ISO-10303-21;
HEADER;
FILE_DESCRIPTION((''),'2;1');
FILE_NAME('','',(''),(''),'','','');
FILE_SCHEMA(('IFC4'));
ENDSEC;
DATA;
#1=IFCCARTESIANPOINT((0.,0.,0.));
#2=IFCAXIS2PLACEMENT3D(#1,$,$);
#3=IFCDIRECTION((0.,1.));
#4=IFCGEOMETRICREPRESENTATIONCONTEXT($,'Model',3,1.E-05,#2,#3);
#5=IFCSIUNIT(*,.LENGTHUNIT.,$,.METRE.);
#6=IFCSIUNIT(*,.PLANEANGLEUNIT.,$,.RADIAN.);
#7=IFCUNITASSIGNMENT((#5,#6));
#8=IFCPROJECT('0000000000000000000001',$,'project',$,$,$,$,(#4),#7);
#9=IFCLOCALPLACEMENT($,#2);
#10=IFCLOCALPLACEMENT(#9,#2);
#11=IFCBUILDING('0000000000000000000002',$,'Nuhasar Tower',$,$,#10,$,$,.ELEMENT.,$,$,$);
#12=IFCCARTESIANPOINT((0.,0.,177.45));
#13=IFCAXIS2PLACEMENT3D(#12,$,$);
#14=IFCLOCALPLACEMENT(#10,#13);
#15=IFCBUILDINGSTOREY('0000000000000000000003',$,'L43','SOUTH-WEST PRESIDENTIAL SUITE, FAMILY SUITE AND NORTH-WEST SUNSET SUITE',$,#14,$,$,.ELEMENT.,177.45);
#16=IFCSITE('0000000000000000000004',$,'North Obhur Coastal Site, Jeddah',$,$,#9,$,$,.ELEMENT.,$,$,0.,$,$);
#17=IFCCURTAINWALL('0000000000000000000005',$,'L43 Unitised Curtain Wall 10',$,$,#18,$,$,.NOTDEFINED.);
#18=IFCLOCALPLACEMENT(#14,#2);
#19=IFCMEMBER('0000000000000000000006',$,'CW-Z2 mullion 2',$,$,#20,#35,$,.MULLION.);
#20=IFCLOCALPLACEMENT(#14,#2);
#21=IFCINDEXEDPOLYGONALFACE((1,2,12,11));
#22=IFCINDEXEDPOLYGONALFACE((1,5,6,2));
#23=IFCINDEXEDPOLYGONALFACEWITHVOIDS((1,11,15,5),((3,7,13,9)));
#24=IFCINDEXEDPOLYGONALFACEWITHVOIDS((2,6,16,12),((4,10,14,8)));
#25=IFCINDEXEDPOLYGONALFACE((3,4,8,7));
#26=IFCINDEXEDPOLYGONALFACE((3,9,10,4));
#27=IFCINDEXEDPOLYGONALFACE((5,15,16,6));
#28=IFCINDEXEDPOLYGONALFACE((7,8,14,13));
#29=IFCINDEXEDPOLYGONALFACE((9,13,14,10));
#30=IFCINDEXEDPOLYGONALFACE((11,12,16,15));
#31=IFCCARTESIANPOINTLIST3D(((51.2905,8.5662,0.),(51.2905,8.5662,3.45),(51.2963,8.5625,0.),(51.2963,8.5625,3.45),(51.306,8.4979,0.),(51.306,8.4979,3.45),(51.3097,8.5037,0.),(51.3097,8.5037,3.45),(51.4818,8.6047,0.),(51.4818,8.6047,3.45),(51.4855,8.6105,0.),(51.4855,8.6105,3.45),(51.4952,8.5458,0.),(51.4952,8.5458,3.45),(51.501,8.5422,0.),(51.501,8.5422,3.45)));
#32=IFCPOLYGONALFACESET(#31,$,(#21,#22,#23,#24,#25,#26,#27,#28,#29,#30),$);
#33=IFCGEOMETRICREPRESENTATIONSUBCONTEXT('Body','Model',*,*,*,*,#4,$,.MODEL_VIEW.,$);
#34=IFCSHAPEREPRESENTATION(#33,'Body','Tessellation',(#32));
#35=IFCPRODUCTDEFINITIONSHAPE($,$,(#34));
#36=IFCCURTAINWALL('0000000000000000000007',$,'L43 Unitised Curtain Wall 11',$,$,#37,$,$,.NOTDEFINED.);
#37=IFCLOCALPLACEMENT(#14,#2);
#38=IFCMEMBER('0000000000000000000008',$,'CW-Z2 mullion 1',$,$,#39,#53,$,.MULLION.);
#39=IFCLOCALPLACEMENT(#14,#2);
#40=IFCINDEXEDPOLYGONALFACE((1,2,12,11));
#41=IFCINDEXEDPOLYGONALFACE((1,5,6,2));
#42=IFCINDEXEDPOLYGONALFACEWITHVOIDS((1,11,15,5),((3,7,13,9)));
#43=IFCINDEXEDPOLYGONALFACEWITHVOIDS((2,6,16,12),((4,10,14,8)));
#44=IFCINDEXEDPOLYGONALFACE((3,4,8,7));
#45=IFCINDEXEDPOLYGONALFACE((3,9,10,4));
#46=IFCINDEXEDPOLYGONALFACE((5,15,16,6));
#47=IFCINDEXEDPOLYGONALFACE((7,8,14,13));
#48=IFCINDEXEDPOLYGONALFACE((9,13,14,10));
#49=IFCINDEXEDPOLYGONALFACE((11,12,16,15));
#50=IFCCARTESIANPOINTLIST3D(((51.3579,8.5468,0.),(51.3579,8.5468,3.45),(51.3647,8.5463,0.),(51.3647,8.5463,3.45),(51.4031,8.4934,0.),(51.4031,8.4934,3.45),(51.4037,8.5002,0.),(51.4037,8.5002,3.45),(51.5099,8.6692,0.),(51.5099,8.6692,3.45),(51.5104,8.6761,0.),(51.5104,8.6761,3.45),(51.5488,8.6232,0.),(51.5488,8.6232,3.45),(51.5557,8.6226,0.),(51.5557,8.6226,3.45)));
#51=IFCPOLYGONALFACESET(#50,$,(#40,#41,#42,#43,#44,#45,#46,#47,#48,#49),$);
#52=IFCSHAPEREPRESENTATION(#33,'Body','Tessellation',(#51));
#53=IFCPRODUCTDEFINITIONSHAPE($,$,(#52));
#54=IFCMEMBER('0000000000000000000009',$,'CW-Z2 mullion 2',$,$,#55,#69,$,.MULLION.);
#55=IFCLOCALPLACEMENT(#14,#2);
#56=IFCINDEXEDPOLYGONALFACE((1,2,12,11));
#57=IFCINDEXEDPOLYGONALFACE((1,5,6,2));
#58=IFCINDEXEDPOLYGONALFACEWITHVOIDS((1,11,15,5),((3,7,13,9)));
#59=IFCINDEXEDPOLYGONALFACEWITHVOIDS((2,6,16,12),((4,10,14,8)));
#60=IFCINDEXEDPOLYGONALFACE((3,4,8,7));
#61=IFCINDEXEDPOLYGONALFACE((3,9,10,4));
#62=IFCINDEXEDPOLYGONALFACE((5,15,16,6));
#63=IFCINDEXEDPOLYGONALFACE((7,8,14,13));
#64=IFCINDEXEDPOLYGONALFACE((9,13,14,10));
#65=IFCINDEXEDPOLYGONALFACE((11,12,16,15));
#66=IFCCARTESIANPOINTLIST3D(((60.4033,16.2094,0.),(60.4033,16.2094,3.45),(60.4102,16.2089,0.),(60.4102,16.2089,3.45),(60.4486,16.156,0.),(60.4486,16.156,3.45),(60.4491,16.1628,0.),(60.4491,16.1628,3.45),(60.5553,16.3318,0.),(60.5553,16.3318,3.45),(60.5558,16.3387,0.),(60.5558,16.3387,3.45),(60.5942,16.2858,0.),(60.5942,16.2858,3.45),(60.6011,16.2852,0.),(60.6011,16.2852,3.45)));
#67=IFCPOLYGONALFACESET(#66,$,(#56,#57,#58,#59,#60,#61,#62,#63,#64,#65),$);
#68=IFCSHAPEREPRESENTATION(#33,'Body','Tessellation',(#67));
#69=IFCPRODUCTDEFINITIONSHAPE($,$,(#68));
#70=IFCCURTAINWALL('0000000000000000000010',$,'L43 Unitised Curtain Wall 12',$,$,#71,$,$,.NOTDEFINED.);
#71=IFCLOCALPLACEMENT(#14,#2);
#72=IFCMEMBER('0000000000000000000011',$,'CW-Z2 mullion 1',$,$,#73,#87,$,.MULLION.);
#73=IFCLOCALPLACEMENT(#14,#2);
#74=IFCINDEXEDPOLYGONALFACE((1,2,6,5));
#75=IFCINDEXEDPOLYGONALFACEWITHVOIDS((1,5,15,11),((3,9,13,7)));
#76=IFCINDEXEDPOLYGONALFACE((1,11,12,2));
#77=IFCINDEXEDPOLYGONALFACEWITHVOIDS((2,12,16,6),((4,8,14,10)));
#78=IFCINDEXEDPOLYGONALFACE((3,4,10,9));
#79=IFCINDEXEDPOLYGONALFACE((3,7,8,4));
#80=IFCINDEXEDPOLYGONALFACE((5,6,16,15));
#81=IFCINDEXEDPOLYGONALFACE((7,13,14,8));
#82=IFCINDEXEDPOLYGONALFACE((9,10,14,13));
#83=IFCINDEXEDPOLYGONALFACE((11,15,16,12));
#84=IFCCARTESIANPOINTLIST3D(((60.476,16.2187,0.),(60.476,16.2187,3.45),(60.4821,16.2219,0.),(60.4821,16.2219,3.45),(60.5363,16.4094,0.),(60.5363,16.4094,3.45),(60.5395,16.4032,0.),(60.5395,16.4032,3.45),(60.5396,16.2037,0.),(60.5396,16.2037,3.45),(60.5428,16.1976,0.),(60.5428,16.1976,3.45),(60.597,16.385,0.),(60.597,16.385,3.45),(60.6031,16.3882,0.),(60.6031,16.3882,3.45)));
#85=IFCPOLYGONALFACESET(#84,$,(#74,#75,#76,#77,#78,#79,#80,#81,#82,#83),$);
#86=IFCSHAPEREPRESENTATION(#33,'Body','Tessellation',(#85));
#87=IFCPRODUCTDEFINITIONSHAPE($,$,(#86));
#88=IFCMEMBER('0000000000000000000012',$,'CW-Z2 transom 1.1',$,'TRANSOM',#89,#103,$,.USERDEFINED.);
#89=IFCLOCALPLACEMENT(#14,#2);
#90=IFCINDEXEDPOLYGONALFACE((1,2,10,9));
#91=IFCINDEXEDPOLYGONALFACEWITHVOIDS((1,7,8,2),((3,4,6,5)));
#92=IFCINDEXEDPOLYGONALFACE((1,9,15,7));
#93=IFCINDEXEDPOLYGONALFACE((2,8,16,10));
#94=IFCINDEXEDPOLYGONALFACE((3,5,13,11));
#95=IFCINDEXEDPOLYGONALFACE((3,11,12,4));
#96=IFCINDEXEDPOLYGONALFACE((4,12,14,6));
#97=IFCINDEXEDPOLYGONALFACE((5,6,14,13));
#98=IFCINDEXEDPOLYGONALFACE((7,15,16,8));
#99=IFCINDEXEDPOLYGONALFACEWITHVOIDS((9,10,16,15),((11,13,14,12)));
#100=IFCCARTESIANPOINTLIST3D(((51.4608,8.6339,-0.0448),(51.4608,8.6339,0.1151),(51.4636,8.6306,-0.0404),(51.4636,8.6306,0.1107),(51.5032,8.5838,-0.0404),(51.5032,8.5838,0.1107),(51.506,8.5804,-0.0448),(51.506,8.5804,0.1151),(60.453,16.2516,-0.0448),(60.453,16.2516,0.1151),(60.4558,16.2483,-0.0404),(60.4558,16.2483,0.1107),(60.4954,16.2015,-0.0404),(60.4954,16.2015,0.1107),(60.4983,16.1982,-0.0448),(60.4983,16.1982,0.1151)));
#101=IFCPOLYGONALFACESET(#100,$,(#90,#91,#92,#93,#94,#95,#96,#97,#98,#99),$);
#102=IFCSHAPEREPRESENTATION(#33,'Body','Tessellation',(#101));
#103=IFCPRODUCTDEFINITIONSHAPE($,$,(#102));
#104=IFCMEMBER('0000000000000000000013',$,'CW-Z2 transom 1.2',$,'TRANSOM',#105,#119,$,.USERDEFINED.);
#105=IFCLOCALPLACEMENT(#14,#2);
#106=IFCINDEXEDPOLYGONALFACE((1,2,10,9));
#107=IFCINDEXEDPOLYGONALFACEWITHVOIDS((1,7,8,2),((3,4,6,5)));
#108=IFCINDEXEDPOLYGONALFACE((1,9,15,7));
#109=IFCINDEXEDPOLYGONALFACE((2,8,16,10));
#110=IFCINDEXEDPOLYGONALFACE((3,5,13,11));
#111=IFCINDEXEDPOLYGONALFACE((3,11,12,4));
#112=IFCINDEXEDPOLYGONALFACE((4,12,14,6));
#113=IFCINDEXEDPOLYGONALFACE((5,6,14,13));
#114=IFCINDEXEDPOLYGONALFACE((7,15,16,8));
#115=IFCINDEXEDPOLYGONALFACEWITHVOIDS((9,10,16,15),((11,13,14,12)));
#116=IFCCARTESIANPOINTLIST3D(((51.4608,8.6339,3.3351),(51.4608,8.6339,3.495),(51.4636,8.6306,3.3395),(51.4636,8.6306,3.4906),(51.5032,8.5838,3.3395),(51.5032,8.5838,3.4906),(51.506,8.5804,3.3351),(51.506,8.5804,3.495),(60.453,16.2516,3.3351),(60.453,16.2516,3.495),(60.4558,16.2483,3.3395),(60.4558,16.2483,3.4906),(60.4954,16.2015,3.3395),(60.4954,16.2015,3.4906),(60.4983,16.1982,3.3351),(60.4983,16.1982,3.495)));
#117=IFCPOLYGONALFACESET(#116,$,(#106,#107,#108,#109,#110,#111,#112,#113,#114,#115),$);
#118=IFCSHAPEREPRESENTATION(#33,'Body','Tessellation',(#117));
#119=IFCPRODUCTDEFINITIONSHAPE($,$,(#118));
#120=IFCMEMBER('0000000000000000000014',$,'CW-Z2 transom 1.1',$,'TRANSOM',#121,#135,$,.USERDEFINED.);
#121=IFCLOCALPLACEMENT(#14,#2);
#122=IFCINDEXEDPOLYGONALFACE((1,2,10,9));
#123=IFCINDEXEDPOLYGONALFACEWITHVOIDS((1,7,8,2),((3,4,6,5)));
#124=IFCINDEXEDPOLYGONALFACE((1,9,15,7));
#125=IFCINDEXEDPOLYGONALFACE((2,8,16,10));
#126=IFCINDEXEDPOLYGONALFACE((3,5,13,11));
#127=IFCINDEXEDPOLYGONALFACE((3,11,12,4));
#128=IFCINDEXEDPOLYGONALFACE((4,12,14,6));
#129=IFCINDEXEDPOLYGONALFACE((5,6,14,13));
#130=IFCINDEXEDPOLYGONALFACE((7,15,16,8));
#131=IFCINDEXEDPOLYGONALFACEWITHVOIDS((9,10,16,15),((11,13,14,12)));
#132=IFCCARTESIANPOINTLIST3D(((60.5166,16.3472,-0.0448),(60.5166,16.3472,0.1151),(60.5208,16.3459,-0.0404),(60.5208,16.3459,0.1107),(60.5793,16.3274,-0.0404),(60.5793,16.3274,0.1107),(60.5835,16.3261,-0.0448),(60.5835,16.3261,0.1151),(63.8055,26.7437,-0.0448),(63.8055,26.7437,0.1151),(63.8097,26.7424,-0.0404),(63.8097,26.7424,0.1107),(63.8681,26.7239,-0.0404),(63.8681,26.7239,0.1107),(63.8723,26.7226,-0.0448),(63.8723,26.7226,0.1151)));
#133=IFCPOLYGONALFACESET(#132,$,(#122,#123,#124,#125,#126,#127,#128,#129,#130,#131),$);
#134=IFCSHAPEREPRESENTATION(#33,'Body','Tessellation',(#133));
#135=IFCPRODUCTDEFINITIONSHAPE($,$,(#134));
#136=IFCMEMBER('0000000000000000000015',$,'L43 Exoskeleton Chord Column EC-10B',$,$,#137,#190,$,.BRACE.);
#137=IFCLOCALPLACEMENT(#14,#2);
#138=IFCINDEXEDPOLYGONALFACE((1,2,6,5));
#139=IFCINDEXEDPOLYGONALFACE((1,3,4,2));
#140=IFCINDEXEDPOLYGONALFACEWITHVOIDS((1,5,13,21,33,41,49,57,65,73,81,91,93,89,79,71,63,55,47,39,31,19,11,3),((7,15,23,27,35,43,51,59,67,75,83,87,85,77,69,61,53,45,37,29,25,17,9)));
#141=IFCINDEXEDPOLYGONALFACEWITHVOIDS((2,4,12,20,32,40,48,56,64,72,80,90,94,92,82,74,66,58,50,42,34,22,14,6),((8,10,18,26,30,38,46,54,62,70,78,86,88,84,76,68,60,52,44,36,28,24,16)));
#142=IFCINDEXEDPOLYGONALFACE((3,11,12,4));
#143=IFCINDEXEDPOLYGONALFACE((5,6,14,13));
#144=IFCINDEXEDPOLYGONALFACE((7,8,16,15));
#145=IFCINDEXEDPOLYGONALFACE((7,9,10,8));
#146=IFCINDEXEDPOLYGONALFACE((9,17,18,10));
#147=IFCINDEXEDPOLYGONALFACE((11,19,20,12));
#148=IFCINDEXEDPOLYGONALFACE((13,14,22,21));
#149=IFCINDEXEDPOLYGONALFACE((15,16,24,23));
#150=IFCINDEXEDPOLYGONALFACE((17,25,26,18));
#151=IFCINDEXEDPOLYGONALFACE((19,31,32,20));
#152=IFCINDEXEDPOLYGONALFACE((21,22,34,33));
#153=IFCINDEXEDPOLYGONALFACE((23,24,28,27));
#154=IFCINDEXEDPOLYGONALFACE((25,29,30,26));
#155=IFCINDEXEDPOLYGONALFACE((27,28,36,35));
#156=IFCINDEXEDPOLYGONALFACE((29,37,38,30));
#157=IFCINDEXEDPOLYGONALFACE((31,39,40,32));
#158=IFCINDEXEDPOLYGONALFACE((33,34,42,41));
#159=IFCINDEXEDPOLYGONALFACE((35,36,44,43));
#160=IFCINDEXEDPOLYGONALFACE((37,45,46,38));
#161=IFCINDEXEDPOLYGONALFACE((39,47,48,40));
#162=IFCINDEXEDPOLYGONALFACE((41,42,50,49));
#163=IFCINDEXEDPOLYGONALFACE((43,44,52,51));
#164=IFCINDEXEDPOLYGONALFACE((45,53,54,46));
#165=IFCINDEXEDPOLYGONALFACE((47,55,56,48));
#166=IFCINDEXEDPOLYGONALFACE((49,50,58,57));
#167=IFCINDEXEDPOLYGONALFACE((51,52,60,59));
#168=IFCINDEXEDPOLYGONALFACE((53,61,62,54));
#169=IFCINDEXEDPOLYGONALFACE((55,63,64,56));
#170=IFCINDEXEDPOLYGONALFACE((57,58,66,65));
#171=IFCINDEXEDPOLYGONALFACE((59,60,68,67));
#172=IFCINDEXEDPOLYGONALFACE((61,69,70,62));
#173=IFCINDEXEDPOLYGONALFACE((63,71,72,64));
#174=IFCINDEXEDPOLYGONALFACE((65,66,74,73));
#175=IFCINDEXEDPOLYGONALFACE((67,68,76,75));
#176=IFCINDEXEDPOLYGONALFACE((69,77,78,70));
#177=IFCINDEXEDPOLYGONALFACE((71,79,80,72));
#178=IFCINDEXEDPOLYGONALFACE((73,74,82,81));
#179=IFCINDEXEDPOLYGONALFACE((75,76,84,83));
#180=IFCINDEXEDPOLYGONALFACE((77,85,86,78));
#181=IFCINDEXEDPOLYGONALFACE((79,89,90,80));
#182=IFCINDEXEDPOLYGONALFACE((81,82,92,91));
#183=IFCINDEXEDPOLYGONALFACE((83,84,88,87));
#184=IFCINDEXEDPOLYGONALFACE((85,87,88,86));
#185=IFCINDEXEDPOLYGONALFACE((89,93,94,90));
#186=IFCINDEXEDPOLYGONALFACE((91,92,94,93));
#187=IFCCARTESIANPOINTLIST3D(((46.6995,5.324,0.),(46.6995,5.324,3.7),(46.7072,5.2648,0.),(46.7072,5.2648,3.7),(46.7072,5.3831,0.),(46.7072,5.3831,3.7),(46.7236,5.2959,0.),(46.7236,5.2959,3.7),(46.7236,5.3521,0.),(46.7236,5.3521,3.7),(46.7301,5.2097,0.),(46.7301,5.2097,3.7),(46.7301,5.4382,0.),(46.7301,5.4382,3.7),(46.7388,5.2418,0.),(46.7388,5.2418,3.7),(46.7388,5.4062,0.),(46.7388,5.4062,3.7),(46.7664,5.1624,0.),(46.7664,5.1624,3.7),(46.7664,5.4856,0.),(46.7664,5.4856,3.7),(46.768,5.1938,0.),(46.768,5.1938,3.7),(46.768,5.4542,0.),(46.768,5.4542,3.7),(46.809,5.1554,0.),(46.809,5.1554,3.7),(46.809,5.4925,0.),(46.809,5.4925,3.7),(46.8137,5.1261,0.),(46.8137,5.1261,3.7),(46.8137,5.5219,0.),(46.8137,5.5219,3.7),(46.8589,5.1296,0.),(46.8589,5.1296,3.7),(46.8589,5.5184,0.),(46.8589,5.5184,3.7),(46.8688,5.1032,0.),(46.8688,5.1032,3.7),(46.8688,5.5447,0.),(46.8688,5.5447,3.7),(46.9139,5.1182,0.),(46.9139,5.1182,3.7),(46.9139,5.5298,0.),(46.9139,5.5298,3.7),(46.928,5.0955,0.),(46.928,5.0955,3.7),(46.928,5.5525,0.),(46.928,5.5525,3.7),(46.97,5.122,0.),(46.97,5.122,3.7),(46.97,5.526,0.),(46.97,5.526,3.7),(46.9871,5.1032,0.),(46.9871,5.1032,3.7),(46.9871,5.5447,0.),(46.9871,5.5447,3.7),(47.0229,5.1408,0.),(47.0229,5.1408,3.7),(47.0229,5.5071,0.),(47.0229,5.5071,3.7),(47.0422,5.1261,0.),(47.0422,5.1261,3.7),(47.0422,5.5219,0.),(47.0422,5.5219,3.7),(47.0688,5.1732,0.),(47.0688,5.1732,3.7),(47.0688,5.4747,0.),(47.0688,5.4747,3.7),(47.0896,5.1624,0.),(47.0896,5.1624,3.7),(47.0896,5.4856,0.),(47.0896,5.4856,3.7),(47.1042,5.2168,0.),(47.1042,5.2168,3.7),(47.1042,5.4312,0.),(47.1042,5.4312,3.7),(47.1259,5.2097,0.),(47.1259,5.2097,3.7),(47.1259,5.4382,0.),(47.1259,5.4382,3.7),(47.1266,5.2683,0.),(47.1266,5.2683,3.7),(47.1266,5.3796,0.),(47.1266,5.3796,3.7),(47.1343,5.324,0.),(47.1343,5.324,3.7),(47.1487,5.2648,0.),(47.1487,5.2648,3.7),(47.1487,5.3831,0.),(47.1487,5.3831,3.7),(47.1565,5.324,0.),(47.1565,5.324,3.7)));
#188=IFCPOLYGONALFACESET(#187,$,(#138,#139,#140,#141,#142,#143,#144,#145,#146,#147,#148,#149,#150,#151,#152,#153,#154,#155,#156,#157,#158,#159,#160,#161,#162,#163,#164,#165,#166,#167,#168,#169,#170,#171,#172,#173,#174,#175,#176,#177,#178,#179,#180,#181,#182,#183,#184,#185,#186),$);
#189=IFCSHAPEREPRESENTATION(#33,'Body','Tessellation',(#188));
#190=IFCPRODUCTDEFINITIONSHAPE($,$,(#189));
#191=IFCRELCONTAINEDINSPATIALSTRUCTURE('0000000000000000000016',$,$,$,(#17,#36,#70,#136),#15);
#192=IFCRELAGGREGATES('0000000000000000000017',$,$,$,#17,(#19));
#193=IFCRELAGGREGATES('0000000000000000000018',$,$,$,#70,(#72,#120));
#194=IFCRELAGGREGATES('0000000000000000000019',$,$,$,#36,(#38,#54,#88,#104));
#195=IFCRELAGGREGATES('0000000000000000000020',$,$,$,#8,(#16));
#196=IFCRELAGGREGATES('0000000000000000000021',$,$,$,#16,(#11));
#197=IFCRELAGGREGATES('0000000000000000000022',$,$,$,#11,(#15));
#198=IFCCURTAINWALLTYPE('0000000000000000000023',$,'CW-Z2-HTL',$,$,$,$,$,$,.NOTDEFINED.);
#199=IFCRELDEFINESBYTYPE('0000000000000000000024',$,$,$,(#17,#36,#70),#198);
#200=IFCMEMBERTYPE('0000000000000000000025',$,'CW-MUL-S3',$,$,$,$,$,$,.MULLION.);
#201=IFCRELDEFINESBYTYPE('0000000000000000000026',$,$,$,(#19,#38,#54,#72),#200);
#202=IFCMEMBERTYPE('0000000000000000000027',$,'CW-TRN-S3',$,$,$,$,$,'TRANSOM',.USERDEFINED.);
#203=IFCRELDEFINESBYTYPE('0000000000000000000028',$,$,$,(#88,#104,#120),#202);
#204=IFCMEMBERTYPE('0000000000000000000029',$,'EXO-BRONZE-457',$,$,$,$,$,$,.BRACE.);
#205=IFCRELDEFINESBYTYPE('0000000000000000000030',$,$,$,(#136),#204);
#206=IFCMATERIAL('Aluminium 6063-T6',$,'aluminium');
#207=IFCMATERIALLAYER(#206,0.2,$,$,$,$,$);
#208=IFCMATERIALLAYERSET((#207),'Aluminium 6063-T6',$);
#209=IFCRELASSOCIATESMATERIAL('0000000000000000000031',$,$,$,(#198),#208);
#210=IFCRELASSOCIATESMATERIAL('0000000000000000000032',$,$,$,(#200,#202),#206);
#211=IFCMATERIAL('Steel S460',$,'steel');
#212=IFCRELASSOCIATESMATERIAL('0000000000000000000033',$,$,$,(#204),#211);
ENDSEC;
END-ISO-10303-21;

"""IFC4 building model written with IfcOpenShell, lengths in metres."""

from ifc_helpers import new_model, si_unit, direction, frame, origin, origin_2d, place, context, subcontext, project, spatial, hollow_rectangle, hollow_circle, extrude, material, layer, layer_set, material_profile, profile_set, type_object, element, aggregate, save


model = new_model("IFC4")

# Units and contexts
model_context = context("Model", 3, precision=1e-05, world=origin(), true_north=direction((0.0, 1.0)))
body_context = subcontext(model_context, "Body", "Model", "MODEL_VIEW")
ifc_project = project(units=[si_unit("LENGTHUNIT", "METRE"), si_unit("PLANEANGLEUNIT", "RADIAN")], contexts=[model_context])

# Site, building, storey
site_placement = place(None, origin())
site = spatial("IfcSite", under=ifc_project, at=site_placement, Name="North Obhur Coastal Site, Jeddah", CompositionType="ELEMENT", RefElevation=0.0)
building_placement = place(site_placement, origin())
building = spatial("IfcBuilding", under=site, at=building_placement, Name="Nuhasar Tower", CompositionType="ELEMENT")
storey_placement = place(building_placement, frame((0.0, 0.0, 177.45)))
storey = spatial("IfcBuildingStorey", under=building, at=storey_placement, Name="L43", Description="SOUTH-WEST PRESIDENTIAL SUITE, FAMILY SUITE AND NORTH-WEST SUNSET SUITE", CompositionType="ELEMENT", Elevation=177.45)

# Curtain wall, member
ifc_material_1 = material(Name="Aluminium 6063-T6", Category="aluminium")
ifc_layer_1 = layer(ifc_material_1, 0.2)
ifc_layer_set_1 = layer_set([ifc_layer_1], Name="Aluminium 6063-T6")
curtain_wall_type = type_object("IfcCurtainWallType", Name="CW-Z2-HTL", PredefinedType="NOTDEFINED", material=ifc_layer_set_1)
curtain_wall_1_placement = place(storey_placement, origin())
curtain_wall_1 = element("IfcCurtainWall", 1, at=curtain_wall_1_placement, inside=storey, type_object=curtain_wall_type, Name="L43 Unitised Curtain Wall 10", PredefinedType="NOTDEFINED")
ifc_material_profile_1 = material_profile(ifc_material_1, hollow_rectangle(XDim=0.0701, YDim=0.2, WallThickness=0.0049, at=origin_2d()), Name="CWM-3")
ifc_profile_set_1 = profile_set([ifc_material_profile_1], Name="Aluminium 6063-T6")
member_type_1 = type_object("IfcMemberType", Name="CW-MUL-S3", PredefinedType="MULLION", material=ifc_profile_set_1)
member_1_placement = place(storey_placement, frame((51.3958, 8.5542, 0.0), z_axis=(0.0, 0.0, 1.0), x_axis=(-0.221397, 0.975184, 0.0)))
member_1 = element("IfcMember", 2, at=member_1_placement, type_object=member_type_1, Name="CW-Z2 mullion 2", PredefinedType="MULLION", context=body_context, shape_type="SweptSolid", body=[
    extrude(hollow_rectangle(XDim=0.0701, YDim=0.2, WallThickness=0.0049, at=origin_2d()), origin(), (0.0, 0.0, 1.0), 3.45),
])
aggregate(curtain_wall_1, [member_1])

# Curtain wall, members
curtain_wall_2_placement = place(storey_placement, origin())
curtain_wall_2 = element("IfcCurtainWall", 3, at=curtain_wall_2_placement, inside=storey, type_object=curtain_wall_type, Name="L43 Unitised Curtain Wall 11", PredefinedType="NOTDEFINED")
member_2_placement = place(storey_placement, frame((51.4568, 8.5847, 0.0), z_axis=(0.0, 0.0, 1.0), x_axis=(-0.646374, 0.76302, 0.0)))
member_2 = element("IfcMember", 4, at=member_2_placement, type_object=member_type_1, Name="CW-Z2 mullion 1", PredefinedType="MULLION", context=body_context, shape_type="SweptSolid", body=[
    extrude(hollow_rectangle(XDim=0.0701, YDim=0.2, WallThickness=0.0049, at=origin_2d()), origin(), (0.0, 0.0, 1.0), 3.45),
])
member_3_placement = place(storey_placement, frame((60.5022, 16.2473, 0.0), z_axis=(0.0, 0.0, 1.0), x_axis=(-0.646374, 0.76302, 0.0)))
member_3 = element("IfcMember", 5, at=member_3_placement, type_object=member_type_1, Name="CW-Z2 mullion 2", PredefinedType="MULLION", context=body_context, shape_type="SweptSolid", body=[
    extrude(hollow_rectangle(XDim=0.0701, YDim=0.2, WallThickness=0.0049, at=origin_2d()), origin(), (0.0, 0.0, 1.0), 3.45),
])

# Curtain wall, member
curtain_wall_3_placement = place(storey_placement, origin())
curtain_wall_3 = element("IfcCurtainWall", 6, at=curtain_wall_3_placement, inside=storey, type_object=curtain_wall_type, Name="L43 Unitised Curtain Wall 12", PredefinedType="NOTDEFINED")
member_4_placement = place(storey_placement, frame((60.5396, 16.3035, 0.0), z_axis=(0.0, 0.0, 1.0), x_axis=(-0.953433, 0.301604, 0.0)))
member_4 = element("IfcMember", 7, at=member_4_placement, type_object=member_type_1, Name="CW-Z2 mullion 1", PredefinedType="MULLION", context=body_context, shape_type="SweptSolid", body=[
    extrude(hollow_rectangle(XDim=0.0701, YDim=0.2, WallThickness=0.0049, at=origin_2d()), origin(), (0.0, 0.0, 1.0), 3.45),
])

# Members
ifc_material_profile_2 = material_profile(ifc_material_1, hollow_rectangle(XDim=0.0701, YDim=0.1599, WallThickness=0.0044, at=origin_2d()), Name="CWT-3")
ifc_profile_set_2 = profile_set([ifc_material_profile_2], Name="Aluminium 6063-T6")
member_type_2 = type_object("IfcMemberType", Name="CW-TRN-S3", ElementType="TRANSOM", PredefinedType="USERDEFINED", material=ifc_profile_set_2)
member_5_placement = place(storey_placement, frame((51.4834, 8.6072, 0.0352), z_axis=(0.763014, 0.646382, 0.0), x_axis=(-0.646382, 0.763014, 0.0)))
member_5 = element("IfcMember", 8, at=member_5_placement, type_object=member_type_2, Name="CW-Z2 transom 1.1", ObjectType="TRANSOM", PredefinedType="USERDEFINED", context=body_context, shape_type="SweptSolid", body=[
    extrude(hollow_rectangle(XDim=0.0701, YDim=0.1599, WallThickness=0.0044, at=origin_2d()), origin(), (0.0, 0.0, 1.0), 11.7852),
])
member_6_placement = place(storey_placement, frame((51.4834, 8.6072, 3.415), z_axis=(0.763014, 0.646382, 0.0), x_axis=(-0.646382, 0.763014, 0.0)))
member_6 = element("IfcMember", 9, at=member_6_placement, type_object=member_type_2, Name="CW-Z2 transom 1.2", ObjectType="TRANSOM", PredefinedType="USERDEFINED", context=body_context, shape_type="SweptSolid", body=[
    extrude(hollow_rectangle(XDim=0.0701, YDim=0.1599, WallThickness=0.0044, at=origin_2d()), origin(), (0.0, 0.0, 1.0), 11.7852),
])
member_7_placement = place(storey_placement, frame((60.55, 16.3367, 0.0352), z_axis=(0.301608, 0.953432, 0.0), x_axis=(-0.953432, 0.301608, 0.0)))
member_7 = element("IfcMember", 10, at=member_7_placement, type_object=member_type_2, Name="CW-Z2 transom 1.1", ObjectType="TRANSOM", PredefinedType="USERDEFINED", context=body_context, shape_type="SweptSolid", body=[
    extrude(hollow_rectangle(XDim=0.0701, YDim=0.1599, WallThickness=0.0044, at=origin_2d()), origin(), (0.0, 0.0, 1.0), 10.9043),
])
aggregate(curtain_wall_3, [member_4, member_7])

# Member
ifc_material_2 = material(Name="Steel S460", Category="steel")
ifc_material_profile_3 = material_profile(ifc_material_2, hollow_circle(Radius=0.2285, WallThickness=0.0222, at=origin_2d()), Name="HSS457X22.2")
ifc_profile_set_3 = profile_set([ifc_material_profile_3], Name="Steel S460")
member_type_3 = type_object("IfcMemberType", Name="EXO-BRONZE-457", PredefinedType="BRACE", material=ifc_profile_set_3)
for number, where, z_axis, x_axis, name in (
    (11, (46.928, 5.324, 0.0), (0.0, 0.0, 1.0), (1.0, 0.0, 0.0), "L43 Exoskeleton Chord Column EC-10B"),
):
    element("IfcMember", number, at=place(storey_placement, frame(where, z_axis=z_axis, x_axis=x_axis)), inside=storey, type_object=member_type_3, Name=name, PredefinedType="BRACE", context=body_context, shape_type="SweptSolid", body=[
        extrude(hollow_circle(Radius=0.2285, WallThickness=0.0222, at=origin_2d()), origin(), (0.0, 0.0, 1.0), 3.7),
    ])

aggregate(curtain_wall_2, [member_2, member_3, member_5, member_6])

save(model, "model.ifc")
